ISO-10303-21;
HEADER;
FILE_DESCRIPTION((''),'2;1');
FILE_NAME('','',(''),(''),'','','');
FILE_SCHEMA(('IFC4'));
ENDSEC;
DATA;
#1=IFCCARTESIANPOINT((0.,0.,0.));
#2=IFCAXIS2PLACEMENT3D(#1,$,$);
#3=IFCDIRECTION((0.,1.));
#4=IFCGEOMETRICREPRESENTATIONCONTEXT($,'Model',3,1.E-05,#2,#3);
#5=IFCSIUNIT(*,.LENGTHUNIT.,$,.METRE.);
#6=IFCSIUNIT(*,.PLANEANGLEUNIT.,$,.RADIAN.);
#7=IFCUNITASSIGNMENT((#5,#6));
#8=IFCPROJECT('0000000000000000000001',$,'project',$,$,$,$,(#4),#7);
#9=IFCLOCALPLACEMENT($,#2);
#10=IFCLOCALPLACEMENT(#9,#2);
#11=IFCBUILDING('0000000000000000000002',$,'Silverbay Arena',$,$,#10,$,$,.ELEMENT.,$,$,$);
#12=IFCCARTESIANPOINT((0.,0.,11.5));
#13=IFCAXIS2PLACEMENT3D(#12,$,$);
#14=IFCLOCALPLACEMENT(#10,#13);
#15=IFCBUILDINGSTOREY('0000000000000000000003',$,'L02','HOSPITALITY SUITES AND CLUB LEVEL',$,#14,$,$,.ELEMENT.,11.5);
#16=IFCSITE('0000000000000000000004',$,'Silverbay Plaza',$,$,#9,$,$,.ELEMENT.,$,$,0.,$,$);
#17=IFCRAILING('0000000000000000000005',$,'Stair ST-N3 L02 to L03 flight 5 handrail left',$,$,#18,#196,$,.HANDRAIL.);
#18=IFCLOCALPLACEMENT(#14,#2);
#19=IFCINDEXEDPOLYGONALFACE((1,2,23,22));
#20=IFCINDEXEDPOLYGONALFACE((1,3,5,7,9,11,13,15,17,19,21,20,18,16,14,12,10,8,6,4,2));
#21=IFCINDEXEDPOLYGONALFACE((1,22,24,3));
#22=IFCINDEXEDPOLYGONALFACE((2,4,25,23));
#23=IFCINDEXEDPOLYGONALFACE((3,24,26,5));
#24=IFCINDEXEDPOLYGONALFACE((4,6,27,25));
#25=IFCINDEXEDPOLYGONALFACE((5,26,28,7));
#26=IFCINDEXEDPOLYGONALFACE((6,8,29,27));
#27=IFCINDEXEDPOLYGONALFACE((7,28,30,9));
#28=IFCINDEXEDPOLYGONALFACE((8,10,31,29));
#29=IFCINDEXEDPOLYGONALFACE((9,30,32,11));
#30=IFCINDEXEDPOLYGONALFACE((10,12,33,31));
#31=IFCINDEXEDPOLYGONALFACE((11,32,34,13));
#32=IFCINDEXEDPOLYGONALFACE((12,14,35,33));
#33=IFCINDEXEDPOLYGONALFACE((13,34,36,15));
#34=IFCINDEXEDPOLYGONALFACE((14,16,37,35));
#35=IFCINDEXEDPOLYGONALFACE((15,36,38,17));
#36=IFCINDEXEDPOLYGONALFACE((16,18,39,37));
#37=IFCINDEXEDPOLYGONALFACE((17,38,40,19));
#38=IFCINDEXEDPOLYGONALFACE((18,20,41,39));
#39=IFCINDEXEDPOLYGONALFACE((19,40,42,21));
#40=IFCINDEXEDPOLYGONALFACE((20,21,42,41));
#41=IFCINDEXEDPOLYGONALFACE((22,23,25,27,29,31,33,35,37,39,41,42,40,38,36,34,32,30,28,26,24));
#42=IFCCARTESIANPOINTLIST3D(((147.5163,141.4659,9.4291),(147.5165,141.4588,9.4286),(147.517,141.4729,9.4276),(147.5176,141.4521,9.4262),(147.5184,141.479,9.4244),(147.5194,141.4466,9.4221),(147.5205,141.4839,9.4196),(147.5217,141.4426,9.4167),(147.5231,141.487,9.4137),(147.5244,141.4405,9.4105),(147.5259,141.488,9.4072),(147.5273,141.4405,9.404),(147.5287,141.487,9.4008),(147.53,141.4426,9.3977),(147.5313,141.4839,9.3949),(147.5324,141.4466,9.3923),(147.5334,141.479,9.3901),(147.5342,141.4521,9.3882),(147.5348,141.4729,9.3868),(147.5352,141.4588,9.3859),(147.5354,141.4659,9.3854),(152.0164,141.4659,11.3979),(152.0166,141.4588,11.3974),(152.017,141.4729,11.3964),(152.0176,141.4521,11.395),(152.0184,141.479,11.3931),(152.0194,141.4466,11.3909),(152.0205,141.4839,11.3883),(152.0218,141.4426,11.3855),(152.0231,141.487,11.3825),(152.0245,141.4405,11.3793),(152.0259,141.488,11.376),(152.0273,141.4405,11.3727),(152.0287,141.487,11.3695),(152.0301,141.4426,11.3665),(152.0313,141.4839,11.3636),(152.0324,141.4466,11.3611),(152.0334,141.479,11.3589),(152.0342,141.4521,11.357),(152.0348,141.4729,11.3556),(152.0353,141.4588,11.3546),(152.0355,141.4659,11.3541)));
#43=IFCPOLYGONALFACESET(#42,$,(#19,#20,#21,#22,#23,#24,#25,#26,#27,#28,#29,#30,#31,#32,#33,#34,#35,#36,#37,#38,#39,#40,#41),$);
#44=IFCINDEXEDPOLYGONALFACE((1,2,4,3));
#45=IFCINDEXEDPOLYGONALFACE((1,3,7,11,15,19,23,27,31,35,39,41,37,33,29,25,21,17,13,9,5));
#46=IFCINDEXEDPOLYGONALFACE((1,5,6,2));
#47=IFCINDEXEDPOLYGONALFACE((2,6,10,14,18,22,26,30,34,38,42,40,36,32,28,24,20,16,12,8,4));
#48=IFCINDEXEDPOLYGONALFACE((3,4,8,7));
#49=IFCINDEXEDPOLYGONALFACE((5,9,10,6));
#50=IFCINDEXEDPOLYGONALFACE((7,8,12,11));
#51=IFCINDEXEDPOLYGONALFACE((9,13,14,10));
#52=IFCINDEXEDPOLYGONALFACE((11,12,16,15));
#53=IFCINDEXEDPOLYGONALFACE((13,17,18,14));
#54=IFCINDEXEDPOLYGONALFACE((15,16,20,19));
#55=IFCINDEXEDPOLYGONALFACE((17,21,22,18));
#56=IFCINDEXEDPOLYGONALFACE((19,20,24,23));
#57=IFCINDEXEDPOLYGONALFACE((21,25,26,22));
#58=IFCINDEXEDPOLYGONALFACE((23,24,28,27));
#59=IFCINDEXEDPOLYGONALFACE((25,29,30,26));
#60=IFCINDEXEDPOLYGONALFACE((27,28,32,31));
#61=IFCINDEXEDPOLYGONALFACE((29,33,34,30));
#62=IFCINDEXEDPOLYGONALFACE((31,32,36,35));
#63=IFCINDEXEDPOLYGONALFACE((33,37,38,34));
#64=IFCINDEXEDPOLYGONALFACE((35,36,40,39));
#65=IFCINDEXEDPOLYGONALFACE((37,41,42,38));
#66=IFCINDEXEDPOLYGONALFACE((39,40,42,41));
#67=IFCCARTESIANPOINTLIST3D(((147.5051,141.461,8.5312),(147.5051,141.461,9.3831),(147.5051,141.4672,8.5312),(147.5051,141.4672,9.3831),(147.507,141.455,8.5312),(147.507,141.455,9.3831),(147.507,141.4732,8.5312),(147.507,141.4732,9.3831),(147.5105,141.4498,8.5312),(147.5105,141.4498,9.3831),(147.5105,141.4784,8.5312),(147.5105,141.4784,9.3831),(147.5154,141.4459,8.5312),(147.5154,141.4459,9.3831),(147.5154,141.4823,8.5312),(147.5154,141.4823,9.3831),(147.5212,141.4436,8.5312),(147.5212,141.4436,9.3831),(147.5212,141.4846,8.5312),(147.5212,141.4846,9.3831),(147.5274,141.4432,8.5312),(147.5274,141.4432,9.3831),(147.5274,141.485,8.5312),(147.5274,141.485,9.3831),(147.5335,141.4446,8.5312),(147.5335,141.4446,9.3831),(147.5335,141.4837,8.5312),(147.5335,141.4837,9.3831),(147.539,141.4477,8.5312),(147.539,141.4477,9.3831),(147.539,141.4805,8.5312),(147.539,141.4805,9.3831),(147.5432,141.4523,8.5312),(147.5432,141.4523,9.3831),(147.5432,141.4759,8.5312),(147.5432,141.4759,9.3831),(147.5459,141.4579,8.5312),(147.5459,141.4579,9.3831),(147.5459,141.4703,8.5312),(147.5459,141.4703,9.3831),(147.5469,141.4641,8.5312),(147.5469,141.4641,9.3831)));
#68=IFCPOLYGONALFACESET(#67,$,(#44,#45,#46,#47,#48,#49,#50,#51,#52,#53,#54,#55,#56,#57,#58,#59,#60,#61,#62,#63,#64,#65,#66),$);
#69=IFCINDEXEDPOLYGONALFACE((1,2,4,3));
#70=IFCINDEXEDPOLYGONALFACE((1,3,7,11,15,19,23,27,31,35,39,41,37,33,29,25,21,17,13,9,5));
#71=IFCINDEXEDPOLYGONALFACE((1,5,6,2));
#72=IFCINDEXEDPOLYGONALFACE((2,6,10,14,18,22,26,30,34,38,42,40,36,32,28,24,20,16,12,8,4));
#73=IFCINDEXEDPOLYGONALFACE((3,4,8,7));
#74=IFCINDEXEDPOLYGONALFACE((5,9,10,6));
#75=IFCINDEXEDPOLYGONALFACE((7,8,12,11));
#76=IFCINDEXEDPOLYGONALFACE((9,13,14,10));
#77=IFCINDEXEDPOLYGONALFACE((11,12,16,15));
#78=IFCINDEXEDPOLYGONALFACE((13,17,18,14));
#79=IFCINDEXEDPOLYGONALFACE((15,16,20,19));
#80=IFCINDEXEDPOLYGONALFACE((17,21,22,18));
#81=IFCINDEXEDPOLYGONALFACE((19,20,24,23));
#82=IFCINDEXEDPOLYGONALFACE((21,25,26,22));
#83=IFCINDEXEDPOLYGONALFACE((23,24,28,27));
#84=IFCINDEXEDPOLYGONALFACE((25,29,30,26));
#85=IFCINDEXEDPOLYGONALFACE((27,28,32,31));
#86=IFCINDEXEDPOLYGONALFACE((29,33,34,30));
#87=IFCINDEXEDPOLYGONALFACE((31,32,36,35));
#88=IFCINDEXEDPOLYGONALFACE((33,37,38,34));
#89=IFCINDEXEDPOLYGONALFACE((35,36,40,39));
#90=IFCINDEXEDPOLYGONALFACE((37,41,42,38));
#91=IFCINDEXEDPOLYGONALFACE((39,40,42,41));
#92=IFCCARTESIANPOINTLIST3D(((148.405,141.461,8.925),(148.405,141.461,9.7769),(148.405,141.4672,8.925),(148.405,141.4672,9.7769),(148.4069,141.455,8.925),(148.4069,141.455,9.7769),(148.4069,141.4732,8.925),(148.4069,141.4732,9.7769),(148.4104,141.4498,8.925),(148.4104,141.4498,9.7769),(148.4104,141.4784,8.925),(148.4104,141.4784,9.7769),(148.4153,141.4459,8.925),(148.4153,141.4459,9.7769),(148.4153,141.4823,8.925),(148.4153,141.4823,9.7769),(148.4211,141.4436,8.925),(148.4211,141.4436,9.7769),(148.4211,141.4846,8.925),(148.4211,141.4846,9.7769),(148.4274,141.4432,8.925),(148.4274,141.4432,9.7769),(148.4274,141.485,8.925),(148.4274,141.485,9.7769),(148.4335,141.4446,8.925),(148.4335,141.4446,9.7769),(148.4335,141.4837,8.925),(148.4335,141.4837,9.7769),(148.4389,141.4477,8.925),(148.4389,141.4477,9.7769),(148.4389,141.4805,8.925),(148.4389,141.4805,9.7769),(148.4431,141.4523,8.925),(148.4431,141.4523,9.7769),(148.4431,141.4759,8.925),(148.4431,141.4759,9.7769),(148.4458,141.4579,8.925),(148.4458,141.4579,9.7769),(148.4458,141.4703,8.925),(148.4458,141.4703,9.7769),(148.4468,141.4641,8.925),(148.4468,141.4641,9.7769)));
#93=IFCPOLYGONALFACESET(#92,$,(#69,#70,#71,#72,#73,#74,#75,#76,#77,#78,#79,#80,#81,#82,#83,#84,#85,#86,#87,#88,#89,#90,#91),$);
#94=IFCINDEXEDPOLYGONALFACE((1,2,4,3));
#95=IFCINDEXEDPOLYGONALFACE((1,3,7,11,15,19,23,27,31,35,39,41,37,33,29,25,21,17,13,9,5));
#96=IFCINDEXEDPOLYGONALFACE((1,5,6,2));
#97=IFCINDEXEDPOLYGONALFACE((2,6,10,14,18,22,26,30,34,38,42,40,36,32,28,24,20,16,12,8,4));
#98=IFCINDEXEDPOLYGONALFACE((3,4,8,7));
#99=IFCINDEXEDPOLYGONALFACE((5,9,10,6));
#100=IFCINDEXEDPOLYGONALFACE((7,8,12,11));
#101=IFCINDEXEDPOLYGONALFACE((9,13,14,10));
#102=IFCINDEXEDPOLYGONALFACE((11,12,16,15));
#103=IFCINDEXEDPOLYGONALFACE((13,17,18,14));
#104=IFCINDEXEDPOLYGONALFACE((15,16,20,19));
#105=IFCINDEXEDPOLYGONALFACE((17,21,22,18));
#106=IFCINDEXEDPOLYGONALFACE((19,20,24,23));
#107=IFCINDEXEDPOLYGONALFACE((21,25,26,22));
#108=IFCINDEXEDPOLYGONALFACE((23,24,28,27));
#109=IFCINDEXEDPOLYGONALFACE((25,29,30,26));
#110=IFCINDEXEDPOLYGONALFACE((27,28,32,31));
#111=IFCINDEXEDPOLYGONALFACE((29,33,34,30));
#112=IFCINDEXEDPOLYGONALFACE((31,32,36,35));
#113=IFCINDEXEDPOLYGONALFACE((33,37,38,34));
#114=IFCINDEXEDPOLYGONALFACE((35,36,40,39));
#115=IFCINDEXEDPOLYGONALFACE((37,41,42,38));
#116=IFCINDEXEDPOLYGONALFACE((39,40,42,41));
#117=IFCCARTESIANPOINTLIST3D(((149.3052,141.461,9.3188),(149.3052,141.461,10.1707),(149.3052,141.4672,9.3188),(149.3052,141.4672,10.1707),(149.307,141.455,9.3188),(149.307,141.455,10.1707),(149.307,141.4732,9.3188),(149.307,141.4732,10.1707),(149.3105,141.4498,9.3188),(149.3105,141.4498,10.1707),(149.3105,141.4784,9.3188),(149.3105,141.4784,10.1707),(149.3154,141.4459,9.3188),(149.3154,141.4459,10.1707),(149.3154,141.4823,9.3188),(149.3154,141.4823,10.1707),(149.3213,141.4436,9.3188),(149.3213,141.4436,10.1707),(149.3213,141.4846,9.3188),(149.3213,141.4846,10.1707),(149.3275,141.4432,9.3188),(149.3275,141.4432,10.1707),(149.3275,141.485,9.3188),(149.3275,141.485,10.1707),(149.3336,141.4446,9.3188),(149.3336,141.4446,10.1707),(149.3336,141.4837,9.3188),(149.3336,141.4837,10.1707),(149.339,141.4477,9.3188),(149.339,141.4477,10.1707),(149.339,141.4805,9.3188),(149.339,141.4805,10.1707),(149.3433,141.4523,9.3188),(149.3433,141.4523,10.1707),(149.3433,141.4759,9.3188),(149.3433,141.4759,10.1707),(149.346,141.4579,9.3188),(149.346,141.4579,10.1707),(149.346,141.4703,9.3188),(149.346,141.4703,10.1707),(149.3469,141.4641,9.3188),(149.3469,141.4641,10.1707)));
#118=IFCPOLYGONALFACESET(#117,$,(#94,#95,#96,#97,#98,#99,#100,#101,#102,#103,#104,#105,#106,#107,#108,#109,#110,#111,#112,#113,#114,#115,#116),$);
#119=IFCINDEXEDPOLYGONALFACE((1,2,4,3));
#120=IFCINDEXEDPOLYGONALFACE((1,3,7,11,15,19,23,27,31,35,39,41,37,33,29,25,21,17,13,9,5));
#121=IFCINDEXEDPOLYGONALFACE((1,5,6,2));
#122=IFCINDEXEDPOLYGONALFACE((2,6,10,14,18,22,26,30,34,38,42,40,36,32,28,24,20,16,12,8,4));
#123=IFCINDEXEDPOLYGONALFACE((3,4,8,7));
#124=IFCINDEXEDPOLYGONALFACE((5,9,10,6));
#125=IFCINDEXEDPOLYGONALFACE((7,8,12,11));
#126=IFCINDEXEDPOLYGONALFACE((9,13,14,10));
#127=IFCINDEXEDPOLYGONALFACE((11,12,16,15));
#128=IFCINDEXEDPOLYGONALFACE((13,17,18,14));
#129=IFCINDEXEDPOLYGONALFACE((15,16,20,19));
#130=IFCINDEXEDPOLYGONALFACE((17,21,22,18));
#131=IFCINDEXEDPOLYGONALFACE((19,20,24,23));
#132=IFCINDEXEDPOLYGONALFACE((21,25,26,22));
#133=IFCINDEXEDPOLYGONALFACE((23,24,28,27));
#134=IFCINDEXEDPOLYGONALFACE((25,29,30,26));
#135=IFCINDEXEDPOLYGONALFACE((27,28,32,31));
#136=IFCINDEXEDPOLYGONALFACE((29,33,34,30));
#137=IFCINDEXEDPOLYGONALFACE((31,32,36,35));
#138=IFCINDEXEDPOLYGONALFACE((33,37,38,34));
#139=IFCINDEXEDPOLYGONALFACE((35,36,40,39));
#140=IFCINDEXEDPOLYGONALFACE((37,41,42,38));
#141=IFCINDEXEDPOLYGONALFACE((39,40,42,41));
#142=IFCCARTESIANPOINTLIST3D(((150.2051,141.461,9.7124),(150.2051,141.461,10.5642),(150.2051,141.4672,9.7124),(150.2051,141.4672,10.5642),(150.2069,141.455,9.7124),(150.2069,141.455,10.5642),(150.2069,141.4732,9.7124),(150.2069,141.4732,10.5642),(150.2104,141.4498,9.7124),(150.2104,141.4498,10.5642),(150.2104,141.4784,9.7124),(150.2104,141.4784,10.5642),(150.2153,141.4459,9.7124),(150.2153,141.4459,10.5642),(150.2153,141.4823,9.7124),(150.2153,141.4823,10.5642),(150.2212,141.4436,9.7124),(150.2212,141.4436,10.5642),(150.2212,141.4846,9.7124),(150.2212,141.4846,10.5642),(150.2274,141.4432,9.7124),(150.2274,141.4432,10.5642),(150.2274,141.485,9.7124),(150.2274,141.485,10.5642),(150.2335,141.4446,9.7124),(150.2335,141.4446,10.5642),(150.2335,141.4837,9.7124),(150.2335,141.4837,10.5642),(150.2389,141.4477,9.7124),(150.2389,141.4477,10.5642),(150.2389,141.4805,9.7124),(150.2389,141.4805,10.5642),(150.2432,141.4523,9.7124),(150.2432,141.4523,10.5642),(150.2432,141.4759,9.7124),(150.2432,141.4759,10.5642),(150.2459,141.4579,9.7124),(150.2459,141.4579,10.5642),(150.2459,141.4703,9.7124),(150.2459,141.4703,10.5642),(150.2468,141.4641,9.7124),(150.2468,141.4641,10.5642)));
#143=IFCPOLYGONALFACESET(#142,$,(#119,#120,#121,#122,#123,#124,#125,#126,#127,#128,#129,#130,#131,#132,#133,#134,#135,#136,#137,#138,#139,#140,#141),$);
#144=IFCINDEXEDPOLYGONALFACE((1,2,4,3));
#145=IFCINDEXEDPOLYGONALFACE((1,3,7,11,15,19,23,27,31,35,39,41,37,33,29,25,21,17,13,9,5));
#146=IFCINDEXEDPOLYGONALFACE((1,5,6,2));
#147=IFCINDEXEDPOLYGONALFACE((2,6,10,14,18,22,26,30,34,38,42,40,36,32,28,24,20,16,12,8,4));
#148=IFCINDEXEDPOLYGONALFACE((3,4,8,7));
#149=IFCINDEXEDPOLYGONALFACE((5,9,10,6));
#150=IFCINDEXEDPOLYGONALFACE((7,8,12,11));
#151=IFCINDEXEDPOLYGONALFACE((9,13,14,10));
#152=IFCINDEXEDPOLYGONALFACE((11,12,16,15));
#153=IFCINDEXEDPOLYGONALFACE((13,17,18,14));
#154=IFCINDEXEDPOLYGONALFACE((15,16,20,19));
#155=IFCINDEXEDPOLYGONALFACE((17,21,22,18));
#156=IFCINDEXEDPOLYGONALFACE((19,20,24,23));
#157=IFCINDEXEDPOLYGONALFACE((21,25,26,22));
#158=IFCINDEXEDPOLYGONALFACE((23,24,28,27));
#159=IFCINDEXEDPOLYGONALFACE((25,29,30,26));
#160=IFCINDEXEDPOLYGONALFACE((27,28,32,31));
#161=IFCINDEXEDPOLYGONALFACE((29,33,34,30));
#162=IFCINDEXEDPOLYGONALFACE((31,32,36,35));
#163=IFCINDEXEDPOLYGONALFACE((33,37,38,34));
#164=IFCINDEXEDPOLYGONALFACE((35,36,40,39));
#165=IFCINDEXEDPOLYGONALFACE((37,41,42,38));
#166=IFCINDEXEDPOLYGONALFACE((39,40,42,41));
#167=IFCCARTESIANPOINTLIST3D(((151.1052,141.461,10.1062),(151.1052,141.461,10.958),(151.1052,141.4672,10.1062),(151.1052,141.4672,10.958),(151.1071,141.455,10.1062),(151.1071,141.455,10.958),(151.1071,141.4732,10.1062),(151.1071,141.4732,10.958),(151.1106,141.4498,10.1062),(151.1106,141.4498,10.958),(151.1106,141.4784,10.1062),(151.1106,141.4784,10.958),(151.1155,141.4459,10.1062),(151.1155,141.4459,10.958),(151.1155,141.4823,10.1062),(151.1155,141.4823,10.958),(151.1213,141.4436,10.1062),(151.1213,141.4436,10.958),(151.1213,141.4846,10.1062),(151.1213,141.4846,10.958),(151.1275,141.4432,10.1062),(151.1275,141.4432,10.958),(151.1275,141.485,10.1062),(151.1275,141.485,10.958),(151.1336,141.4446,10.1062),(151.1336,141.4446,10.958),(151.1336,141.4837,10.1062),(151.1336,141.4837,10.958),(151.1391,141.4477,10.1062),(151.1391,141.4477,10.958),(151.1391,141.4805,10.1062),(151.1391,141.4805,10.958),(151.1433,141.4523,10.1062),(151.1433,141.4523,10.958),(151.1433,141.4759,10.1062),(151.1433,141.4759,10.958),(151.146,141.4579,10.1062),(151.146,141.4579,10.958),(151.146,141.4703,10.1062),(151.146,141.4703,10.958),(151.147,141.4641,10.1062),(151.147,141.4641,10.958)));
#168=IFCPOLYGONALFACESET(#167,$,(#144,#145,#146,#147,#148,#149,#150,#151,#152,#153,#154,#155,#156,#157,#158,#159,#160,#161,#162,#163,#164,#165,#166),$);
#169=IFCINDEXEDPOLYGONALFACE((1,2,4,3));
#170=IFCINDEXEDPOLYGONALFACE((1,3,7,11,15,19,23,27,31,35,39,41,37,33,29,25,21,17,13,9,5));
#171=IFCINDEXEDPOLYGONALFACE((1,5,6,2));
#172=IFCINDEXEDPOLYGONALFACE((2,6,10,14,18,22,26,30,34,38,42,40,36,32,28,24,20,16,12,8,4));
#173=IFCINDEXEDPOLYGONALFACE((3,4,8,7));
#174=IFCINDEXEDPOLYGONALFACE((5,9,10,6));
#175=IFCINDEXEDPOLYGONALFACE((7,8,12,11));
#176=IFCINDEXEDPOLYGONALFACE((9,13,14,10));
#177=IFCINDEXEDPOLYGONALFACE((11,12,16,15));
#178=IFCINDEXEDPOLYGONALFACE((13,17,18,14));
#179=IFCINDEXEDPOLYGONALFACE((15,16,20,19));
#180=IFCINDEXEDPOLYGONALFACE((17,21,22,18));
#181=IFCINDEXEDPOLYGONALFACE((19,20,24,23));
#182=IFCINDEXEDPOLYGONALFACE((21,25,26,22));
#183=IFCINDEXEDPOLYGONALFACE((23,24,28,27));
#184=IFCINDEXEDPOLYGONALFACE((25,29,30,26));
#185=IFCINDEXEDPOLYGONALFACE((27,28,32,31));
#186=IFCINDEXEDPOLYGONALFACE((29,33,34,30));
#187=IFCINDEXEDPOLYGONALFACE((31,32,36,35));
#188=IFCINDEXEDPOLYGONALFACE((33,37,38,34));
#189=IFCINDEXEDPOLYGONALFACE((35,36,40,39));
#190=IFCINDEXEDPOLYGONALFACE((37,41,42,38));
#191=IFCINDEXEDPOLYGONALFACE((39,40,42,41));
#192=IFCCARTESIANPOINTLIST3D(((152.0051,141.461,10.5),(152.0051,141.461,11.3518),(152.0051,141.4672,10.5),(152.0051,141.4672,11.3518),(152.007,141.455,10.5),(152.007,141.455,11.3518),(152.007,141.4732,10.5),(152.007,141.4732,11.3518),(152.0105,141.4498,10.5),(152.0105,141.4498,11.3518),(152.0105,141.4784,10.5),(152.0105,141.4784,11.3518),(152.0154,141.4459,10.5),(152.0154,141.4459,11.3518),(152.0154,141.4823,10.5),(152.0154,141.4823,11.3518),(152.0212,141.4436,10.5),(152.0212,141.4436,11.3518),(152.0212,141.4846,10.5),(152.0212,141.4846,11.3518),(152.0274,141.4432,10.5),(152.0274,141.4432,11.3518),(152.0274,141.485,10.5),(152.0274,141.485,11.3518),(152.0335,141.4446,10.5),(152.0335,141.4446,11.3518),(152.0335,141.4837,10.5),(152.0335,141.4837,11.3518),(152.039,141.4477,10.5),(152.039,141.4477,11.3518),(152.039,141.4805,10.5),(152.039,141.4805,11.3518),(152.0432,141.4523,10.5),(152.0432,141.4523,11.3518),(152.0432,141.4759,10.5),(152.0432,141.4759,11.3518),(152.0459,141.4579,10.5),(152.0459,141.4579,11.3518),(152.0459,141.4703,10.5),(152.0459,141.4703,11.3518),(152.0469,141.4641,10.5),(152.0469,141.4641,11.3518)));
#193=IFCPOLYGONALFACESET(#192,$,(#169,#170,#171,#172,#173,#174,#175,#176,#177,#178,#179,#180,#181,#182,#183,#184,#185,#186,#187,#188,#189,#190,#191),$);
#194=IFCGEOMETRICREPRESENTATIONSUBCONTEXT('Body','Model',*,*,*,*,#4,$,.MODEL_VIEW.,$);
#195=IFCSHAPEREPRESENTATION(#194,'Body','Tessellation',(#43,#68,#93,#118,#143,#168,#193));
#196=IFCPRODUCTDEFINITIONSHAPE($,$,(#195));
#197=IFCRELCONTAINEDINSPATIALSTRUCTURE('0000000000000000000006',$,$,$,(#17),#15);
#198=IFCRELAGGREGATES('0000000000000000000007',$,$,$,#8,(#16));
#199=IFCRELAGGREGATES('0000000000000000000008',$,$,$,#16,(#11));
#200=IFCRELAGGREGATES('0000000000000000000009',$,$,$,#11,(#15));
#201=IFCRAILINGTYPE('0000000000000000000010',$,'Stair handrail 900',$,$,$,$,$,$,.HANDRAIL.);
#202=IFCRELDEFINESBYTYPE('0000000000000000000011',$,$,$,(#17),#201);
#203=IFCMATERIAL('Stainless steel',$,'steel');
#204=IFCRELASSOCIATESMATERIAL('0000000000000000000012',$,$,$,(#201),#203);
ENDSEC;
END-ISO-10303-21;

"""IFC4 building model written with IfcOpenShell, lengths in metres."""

from ifc_helpers import new_model, si_unit, direction, frame, origin, origin_2d, place, context, subcontext, project, spatial, circle, extrude, material, type_object, element, save


model = new_model("IFC4")

# Units and contexts
model_context = context("Model", 3, precision=1e-05, world=origin(), true_north=direction((0.0, 1.0)))
body_context = subcontext(model_context, "Body", "Model", "MODEL_VIEW")
ifc_project = project(units=[si_unit("LENGTHUNIT", "METRE"), si_unit("PLANEANGLEUNIT", "RADIAN")], contexts=[model_context])

# Site, building, storey
site_placement = place(None, origin())
site = spatial("IfcSite", under=ifc_project, at=site_placement, Name="Silverbay Plaza", CompositionType="ELEMENT", RefElevation=0.0)
building_placement = place(site_placement, origin())
building = spatial("IfcBuilding", under=site, at=building_placement, Name="Silverbay Arena", CompositionType="ELEMENT")
storey_placement = place(building_placement, frame((0.0, 0.0, 11.5)))
storey = spatial("IfcBuildingStorey", under=building, at=storey_placement, Name="L02", Description="HOSPITALITY SUITES AND CLUB LEVEL", CompositionType="ELEMENT", Elevation=11.5)

# Railing
ifc_material_1 = material(Name="Stainless steel", Category="steel")
railing_type_1 = type_object("IfcRailingType", Name="Stair handrail 900", PredefinedType="HANDRAIL", material=ifc_material_1)
for number, where, name in (
    (1, (147.5259, 141.4641, 8.5312), "Stair ST-N3 L02 to L03 flight 5 handrail left"),
):
    element("IfcRailing", number, at=place(storey_placement, frame(where)), inside=storey, type_object=railing_type_1, Name=name, PredefinedType="HANDRAIL", context=body_context, shape_type="SweptSolid", body=[
        extrude(circle(Radius=0.0239, at=origin_2d()), frame((0.0, 0.0, 0.876), z_axis=(0.916157, 0.0, 0.400819), x_axis=(0.0, 1.0, 0.0)), (0.0, 0.0, 1.0), 4.9119),
        extrude(circle(Radius=0.021, at=origin_2d()), origin(), (0.0, 0.0, 1.0), 0.8518),
        extrude(circle(Radius=0.021, at=origin_2d()), frame((0.8999, 0.0, 0.3938)), (0.0, 0.0, 1.0), 0.8518),
        extrude(circle(Radius=0.021, at=origin_2d()), frame((1.8, 0.0, 0.7876)), (0.0, 0.0, 1.0), 0.8518),
        extrude(circle(Radius=0.021, at=origin_2d()), frame((2.7, 0.0, 1.1812)), (0.0, 0.0, 1.0), 0.8518),
        extrude(circle(Radius=0.021, at=origin_2d()), frame((3.6001, 0.0, 1.575)), (0.0, 0.0, 1.0), 0.8518),
        extrude(circle(Radius=0.021, at=origin_2d()), frame((4.5, 0.0, 1.9688)), (0.0, 0.0, 1.0), 0.8518),
    ])

save(model, "model.ifc")
